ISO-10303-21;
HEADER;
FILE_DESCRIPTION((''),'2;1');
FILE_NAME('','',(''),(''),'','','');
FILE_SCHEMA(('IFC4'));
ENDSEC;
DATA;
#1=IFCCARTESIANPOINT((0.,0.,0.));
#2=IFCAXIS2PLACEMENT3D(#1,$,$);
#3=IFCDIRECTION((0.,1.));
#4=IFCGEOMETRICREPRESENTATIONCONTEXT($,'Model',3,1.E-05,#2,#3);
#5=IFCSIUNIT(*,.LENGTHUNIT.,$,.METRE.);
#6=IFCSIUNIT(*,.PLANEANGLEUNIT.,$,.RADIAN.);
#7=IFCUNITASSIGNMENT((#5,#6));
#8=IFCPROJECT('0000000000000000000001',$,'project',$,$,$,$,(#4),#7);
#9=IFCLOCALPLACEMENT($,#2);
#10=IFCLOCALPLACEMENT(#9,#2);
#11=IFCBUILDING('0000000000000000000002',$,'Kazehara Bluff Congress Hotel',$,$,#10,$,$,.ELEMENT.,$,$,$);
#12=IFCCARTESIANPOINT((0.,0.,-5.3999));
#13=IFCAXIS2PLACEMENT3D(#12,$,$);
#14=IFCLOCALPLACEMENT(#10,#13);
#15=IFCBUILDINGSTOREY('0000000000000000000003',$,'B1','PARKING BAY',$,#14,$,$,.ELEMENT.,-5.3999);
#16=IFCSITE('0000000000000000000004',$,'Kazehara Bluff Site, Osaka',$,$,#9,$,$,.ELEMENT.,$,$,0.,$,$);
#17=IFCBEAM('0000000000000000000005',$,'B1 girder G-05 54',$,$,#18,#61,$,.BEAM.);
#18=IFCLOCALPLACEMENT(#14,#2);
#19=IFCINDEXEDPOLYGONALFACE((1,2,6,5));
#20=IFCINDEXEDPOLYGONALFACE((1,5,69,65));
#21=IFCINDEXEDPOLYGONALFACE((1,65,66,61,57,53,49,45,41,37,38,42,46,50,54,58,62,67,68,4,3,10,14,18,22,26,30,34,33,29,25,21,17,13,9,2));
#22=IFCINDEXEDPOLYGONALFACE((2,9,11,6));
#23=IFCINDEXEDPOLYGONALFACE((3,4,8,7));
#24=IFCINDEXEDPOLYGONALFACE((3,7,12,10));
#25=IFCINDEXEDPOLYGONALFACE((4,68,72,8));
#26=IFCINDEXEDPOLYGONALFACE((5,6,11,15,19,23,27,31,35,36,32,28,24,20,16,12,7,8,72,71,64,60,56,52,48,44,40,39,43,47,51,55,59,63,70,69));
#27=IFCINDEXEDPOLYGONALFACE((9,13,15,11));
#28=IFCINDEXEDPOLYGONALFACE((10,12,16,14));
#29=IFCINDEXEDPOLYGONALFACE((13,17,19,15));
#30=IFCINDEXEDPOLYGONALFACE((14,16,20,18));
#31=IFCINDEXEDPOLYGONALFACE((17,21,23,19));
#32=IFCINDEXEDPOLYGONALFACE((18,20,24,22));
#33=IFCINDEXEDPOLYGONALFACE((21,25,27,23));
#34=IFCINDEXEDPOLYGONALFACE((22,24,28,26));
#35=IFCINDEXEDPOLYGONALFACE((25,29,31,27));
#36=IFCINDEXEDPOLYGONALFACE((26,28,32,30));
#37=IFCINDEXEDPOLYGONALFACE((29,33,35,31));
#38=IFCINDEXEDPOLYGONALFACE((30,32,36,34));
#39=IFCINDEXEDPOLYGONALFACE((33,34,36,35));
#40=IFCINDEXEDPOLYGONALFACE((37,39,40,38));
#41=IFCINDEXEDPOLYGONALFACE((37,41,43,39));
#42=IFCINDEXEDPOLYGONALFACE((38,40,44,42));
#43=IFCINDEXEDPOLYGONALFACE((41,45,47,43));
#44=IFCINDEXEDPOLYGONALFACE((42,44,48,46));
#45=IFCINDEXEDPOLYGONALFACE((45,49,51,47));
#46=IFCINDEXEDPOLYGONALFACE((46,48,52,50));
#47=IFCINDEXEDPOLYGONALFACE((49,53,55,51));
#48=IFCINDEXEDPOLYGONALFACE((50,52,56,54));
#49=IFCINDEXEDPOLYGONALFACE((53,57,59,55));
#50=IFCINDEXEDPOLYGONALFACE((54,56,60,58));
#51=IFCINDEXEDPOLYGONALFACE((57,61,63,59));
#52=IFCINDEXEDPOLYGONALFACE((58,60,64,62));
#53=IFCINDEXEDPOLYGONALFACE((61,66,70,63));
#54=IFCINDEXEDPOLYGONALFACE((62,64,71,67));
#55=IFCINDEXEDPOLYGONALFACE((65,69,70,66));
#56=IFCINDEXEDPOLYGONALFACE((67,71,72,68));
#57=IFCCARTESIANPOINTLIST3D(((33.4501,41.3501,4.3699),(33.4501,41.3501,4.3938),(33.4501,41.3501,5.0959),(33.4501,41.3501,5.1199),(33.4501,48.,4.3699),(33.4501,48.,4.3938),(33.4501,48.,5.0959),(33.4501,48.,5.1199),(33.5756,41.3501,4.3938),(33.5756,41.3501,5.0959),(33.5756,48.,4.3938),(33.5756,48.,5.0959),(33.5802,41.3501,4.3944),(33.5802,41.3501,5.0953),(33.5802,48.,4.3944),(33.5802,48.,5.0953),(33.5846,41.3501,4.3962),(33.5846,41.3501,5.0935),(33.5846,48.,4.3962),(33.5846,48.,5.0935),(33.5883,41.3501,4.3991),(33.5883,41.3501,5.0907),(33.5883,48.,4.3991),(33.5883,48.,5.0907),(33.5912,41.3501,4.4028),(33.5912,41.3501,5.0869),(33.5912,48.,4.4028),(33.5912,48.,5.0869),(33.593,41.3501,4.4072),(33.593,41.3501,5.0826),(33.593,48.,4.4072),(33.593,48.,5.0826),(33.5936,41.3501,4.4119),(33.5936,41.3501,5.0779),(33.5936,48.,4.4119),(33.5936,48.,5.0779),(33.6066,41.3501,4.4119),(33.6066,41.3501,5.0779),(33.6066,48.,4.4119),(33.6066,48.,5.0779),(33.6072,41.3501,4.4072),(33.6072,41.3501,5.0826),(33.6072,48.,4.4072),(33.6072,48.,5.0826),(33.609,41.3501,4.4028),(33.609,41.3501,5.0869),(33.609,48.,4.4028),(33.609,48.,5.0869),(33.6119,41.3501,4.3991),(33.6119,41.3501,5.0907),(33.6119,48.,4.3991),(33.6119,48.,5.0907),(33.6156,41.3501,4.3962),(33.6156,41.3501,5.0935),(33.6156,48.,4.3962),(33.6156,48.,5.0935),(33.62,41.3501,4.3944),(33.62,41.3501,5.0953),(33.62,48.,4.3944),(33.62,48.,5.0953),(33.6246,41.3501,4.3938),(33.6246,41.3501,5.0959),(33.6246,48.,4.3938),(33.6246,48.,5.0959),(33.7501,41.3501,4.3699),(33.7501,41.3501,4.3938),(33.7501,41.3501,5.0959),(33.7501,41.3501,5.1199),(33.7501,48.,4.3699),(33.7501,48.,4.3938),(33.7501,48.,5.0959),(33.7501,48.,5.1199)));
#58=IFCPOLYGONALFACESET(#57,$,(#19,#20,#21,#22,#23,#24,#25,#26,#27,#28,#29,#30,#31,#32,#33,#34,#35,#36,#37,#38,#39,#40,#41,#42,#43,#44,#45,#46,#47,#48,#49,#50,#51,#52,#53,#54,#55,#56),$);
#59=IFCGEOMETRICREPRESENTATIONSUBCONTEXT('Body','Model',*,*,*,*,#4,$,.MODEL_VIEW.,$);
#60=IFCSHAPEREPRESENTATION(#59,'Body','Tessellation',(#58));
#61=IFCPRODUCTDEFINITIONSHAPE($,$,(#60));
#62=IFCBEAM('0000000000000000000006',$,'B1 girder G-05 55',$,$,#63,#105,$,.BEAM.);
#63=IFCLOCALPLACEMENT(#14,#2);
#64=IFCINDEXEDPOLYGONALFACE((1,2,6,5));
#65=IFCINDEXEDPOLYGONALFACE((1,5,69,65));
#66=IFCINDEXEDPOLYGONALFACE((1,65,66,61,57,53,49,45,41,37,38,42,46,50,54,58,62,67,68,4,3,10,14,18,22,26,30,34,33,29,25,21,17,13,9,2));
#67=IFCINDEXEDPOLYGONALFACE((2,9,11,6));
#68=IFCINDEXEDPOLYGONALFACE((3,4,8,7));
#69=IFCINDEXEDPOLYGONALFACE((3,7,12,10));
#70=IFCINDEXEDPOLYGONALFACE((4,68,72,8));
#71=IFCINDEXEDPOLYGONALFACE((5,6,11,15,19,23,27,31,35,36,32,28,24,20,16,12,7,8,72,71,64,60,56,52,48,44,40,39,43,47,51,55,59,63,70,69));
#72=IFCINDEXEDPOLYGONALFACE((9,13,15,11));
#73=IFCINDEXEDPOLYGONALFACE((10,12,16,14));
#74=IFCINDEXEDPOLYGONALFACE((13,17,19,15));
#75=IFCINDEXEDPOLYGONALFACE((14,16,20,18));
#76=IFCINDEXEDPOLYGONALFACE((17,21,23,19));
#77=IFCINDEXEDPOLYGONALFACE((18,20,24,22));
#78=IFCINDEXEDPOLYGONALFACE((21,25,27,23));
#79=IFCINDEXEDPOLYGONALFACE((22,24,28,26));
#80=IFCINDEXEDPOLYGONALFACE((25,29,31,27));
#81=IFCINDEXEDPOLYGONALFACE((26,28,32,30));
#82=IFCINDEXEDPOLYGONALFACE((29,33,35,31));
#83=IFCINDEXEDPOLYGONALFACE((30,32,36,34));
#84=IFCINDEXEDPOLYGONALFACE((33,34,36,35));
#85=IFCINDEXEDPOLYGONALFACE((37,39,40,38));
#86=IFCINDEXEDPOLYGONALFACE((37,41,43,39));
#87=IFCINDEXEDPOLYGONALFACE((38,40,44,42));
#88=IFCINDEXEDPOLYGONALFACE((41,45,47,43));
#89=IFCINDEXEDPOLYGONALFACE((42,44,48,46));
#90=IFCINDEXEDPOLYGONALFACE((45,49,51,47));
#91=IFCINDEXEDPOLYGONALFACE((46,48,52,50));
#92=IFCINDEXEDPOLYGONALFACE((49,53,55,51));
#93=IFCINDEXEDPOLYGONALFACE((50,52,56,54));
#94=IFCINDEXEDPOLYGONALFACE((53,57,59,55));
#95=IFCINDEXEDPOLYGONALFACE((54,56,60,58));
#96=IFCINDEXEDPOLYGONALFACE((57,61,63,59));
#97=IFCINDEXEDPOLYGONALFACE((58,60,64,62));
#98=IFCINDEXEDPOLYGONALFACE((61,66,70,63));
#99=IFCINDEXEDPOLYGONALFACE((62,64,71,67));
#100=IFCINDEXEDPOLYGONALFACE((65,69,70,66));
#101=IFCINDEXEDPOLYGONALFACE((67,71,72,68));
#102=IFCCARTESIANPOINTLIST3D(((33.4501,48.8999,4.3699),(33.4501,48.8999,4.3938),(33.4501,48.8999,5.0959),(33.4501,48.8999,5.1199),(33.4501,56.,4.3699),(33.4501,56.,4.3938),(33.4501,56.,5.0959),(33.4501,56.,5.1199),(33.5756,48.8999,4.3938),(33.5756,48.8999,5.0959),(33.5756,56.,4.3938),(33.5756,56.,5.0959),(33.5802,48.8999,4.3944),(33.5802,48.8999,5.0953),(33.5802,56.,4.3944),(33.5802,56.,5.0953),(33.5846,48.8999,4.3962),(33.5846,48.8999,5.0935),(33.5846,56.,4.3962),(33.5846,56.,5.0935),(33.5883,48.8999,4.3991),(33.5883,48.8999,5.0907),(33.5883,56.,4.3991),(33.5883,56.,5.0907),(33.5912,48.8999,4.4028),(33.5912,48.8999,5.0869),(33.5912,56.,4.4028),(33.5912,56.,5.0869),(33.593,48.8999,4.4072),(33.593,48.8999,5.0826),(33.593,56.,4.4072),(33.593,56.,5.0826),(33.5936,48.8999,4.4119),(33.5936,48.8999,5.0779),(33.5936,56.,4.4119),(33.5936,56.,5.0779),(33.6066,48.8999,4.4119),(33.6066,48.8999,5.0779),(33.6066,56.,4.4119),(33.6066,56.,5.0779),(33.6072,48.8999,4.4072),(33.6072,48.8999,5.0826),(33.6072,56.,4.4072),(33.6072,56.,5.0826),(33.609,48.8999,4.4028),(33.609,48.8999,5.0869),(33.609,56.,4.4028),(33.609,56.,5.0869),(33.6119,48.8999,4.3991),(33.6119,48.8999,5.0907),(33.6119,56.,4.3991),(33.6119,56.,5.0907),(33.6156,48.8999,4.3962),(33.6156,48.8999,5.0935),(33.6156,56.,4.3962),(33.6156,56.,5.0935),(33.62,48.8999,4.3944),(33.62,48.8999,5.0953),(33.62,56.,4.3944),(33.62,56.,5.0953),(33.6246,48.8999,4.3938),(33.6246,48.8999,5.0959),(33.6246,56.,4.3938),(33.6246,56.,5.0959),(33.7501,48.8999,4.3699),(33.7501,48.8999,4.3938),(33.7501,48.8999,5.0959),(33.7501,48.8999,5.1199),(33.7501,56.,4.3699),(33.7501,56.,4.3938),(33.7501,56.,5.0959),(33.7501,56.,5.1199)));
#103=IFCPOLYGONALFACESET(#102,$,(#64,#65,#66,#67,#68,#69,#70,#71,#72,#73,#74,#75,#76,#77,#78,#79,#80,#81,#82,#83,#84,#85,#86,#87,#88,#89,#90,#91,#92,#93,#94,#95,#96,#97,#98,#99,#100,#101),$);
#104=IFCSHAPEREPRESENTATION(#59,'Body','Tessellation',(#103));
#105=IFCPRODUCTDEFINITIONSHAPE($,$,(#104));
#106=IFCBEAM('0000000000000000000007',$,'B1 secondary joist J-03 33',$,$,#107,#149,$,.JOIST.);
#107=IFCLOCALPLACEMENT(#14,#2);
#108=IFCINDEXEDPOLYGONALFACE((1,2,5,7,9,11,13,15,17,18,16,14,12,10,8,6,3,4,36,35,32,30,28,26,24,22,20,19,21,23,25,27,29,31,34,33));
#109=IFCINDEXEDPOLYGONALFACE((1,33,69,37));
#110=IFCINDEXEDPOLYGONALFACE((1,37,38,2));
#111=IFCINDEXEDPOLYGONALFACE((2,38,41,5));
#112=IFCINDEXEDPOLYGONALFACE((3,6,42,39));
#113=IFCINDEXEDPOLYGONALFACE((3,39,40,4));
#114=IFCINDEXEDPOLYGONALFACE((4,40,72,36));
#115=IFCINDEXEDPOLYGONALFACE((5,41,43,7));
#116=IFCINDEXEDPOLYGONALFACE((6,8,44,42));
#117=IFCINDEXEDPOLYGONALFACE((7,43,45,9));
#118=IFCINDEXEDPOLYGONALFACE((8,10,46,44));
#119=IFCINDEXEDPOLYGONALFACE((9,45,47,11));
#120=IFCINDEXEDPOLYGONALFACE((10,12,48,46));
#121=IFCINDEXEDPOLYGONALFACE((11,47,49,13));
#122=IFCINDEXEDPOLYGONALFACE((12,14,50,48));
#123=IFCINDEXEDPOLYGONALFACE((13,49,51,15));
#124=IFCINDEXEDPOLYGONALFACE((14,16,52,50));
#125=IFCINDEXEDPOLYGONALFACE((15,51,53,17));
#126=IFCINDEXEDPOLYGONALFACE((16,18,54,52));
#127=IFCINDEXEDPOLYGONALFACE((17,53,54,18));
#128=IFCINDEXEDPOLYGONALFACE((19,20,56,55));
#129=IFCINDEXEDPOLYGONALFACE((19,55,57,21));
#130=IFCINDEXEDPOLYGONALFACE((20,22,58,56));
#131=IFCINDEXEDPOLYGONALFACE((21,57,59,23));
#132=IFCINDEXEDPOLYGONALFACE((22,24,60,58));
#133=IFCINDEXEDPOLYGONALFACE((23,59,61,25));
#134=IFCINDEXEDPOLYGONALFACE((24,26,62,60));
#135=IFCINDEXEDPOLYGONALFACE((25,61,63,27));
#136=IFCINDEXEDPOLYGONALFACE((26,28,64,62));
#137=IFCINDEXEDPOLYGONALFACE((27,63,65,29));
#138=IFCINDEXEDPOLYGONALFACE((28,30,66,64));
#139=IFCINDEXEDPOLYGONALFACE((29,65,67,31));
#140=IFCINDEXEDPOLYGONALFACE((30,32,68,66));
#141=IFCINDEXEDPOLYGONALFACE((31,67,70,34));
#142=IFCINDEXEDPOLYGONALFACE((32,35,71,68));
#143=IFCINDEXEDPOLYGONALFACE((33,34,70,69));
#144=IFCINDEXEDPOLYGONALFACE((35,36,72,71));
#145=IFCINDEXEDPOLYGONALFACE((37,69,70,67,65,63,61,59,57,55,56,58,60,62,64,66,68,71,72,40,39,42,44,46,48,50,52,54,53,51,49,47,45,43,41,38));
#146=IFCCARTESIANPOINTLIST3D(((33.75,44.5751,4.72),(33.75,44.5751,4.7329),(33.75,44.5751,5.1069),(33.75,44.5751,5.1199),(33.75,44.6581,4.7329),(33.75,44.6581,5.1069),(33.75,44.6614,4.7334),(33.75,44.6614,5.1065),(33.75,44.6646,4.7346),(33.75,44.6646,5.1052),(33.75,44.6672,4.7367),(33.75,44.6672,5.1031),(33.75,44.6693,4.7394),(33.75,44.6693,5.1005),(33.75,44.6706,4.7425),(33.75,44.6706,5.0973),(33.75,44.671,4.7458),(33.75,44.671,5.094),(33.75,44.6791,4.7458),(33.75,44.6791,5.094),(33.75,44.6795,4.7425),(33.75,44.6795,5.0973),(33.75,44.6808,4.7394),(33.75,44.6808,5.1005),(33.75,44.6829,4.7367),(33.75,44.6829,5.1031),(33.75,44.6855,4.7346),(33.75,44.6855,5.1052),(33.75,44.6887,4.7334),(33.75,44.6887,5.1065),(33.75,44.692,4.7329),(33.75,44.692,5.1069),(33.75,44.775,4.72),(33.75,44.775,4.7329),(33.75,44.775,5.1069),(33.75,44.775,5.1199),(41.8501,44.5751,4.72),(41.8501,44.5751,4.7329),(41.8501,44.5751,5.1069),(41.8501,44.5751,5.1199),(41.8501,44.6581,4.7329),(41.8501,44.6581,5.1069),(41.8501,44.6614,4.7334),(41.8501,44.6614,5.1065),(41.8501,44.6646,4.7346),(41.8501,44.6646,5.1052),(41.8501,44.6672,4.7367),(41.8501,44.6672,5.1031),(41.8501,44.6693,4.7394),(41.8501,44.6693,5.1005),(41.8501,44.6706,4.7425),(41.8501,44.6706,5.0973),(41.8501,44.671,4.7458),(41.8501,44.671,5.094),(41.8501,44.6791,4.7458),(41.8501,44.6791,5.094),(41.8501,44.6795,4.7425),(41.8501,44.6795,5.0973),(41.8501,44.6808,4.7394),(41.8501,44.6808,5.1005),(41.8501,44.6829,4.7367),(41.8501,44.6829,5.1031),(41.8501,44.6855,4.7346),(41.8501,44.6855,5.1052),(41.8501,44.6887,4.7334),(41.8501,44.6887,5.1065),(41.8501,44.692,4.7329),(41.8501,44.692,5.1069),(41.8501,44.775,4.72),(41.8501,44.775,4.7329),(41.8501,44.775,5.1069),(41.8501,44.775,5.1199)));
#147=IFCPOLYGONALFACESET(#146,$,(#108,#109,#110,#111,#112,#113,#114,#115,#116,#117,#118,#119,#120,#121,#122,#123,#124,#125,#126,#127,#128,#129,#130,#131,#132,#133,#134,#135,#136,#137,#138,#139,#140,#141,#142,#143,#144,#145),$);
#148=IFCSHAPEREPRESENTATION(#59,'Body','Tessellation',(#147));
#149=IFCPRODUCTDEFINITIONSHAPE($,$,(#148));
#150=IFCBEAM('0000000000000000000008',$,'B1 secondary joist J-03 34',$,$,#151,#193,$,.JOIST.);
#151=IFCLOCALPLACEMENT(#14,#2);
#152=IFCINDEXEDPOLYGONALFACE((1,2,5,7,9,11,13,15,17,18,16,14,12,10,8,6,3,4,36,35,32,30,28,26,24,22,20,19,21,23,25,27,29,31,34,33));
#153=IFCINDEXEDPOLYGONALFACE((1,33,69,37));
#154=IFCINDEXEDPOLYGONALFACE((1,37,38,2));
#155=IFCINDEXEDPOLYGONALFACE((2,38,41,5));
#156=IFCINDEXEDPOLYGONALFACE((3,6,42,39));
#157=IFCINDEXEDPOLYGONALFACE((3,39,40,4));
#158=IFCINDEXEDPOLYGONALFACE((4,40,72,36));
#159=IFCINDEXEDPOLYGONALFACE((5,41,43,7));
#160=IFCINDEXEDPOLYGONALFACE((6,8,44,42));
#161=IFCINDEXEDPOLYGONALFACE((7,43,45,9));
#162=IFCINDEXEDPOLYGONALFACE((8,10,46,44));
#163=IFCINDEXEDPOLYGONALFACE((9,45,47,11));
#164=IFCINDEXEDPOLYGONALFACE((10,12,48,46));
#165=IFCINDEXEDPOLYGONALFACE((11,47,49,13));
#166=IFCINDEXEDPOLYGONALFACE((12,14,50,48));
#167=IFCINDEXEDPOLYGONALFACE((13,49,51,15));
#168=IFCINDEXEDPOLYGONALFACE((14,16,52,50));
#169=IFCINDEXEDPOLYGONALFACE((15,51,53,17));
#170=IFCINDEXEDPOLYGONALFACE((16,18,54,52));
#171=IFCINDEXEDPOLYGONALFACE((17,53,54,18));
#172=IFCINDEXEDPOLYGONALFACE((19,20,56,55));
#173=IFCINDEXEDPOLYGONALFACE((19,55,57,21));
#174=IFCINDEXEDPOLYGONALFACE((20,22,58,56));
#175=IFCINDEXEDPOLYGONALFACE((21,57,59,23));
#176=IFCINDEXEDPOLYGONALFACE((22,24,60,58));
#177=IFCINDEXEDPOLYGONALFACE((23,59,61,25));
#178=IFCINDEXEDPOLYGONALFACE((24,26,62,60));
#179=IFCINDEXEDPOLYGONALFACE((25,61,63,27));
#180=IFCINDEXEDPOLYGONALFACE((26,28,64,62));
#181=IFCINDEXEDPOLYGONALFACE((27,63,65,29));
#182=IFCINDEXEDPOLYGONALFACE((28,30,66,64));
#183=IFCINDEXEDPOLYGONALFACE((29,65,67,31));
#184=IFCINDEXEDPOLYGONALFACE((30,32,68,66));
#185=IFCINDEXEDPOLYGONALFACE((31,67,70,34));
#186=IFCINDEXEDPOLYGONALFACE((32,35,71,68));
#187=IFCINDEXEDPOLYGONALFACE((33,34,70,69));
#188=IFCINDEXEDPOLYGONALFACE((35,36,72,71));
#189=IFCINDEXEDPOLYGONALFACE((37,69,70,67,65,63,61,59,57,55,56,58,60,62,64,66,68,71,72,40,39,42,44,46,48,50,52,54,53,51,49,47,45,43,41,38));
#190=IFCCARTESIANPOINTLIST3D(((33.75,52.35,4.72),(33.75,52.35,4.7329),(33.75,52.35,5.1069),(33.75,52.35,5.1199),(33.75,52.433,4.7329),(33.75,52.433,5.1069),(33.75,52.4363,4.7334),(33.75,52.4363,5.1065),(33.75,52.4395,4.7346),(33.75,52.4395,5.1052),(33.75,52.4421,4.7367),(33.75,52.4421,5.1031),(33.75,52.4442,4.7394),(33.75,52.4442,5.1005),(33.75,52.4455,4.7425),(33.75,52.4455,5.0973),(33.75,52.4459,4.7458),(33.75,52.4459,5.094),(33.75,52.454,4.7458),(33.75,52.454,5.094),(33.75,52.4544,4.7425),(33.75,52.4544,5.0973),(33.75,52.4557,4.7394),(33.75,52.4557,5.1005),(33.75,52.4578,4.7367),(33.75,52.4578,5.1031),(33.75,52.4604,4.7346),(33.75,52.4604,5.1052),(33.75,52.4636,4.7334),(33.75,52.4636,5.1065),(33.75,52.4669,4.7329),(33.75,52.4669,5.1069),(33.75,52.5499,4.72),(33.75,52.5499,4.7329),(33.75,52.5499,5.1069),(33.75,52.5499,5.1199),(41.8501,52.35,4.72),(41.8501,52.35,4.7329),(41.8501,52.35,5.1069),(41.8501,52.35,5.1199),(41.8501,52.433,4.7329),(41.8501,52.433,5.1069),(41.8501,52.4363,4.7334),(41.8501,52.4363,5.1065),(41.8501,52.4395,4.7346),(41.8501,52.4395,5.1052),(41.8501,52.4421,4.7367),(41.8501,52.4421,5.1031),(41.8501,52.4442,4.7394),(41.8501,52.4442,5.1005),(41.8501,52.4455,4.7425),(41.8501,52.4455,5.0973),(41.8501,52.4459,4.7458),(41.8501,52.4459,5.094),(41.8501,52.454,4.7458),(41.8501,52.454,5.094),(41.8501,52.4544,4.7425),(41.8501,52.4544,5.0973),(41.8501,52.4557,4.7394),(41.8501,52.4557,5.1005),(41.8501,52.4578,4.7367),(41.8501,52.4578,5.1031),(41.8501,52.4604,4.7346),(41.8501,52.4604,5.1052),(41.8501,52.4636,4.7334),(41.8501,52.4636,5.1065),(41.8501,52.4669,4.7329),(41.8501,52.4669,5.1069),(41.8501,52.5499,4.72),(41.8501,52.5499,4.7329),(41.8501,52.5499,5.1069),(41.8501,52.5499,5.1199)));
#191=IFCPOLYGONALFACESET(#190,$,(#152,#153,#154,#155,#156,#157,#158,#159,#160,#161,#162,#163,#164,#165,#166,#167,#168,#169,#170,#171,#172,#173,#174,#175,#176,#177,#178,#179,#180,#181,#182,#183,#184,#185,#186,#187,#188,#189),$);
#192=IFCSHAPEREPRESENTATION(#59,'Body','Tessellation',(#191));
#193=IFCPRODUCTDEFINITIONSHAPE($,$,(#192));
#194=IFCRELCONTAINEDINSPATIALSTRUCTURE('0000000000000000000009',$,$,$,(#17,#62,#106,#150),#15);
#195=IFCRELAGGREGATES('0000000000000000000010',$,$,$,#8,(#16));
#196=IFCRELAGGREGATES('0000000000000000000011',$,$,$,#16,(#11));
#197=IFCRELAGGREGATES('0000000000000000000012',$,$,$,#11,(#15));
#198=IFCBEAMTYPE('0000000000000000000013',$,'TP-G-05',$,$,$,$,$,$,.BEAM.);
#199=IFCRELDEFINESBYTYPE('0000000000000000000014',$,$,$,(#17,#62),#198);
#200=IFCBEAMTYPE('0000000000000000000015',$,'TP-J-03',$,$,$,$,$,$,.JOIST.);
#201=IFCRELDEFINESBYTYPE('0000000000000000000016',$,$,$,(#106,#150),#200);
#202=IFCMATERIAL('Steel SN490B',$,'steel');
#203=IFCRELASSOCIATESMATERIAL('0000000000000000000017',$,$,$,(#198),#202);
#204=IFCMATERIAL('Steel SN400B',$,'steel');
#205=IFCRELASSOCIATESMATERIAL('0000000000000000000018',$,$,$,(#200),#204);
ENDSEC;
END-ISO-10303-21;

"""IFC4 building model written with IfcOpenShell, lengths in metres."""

from ifc_helpers import new_model, si_unit, direction, frame, origin, origin_2d, place, context, subcontext, project, spatial, i_section, extrude, material, material_profile, profile_set, type_object, element, save


model = new_model("IFC4")

# Units and contexts
model_context = context("Model", 3, precision=1e-05, world=origin(), true_north=direction((0.0, 1.0)))
body_context = subcontext(model_context, "Body", "Model", "MODEL_VIEW")
ifc_project = project(units=[si_unit("LENGTHUNIT", "METRE"), si_unit("PLANEANGLEUNIT", "RADIAN")], contexts=[model_context])

# Site, building, storey
site_placement = place(None, origin())
site = spatial("IfcSite", under=ifc_project, at=site_placement, Name="Kazehara Bluff Site, Osaka", CompositionType="ELEMENT", RefElevation=0.0)
building_placement = place(site_placement, origin())
building = spatial("IfcBuilding", under=site, at=building_placement, Name="Kazehara Bluff Congress Hotel", CompositionType="ELEMENT")
storey_placement = place(building_placement, frame((0.0, 0.0, -5.3999)))
storey = spatial("IfcBuildingStorey", under=building, at=storey_placement, Name="B1", Description="PARKING BAY", CompositionType="ELEMENT", Elevation=-5.3999)

# Beams
ifc_material_1 = material(Name="Steel SN490B", Category="steel")
ifc_material_profile_1 = material_profile(ifc_material_1, i_section(OverallWidth=0.3, OverallDepth=0.75, WebThickness=0.0129, FlangeThickness=0.0239, FilletRadius=0.0181, at=origin_2d()))
ifc_profile_set_1 = profile_set([ifc_material_profile_1], Name="Steel SN490B")
beam_type_1 = type_object("IfcBeamType", Name="TP-G-05", PredefinedType="BEAM", material=ifc_profile_set_1)
beam_1_placement = place(storey_placement, frame((33.6001, 41.3501, 4.7449), z_axis=(0.0, 1.0, 0.0), x_axis=(-1.0, 0.0, 0.0)))
element("IfcBeam", 1, at=beam_1_placement, inside=storey, type_object=beam_type_1, Name="B1 girder G-05 54", PredefinedType="BEAM", context=body_context, shape_type="SweptSolid", body=[
    extrude(i_section(OverallWidth=0.3, OverallDepth=0.75, WebThickness=0.0129, FlangeThickness=0.0239, FilletRadius=0.0181, at=origin_2d()), origin(), (0.0, 0.0, 1.0), 6.6499),
])
beam_2_placement = place(storey_placement, frame((33.6001, 48.8999, 4.7449), z_axis=(0.0, 1.0, 0.0), x_axis=(-1.0, 0.0, 0.0)))
element("IfcBeam", 2, at=beam_2_placement, inside=storey, type_object=beam_type_1, Name="B1 girder G-05 55", PredefinedType="BEAM", context=body_context, shape_type="SweptSolid", body=[
    extrude(i_section(OverallWidth=0.3, OverallDepth=0.75, WebThickness=0.0129, FlangeThickness=0.0239, FilletRadius=0.0181, at=origin_2d()), origin(), (0.0, 0.0, 1.0), 7.1001),
])
ifc_material_2 = material(Name="Steel SN400B", Category="steel")
ifc_material_profile_2 = material_profile(ifc_material_2, i_section(OverallWidth=0.2, OverallDepth=0.3999, WebThickness=0.0081, FlangeThickness=0.0129, FilletRadius=0.0129, at=origin_2d()))
ifc_profile_set_2 = profile_set([ifc_material_profile_2], Name="Steel SN400B")
beam_type_2 = type_object("IfcBeamType", Name="TP-J-03", PredefinedType="JOIST", material=ifc_profile_set_2)
for number, where, z_axis, x_axis, name in (
    (3, (33.75, 44.675, 4.9199), (1.0, 0.0, 0.0), (0.0, 1.0, 0.0), "B1 secondary joist J-03 33"),
    (4, (33.75, 52.45, 4.9199), (1.0, 0.0, 0.0), (0.0, 1.0, 0.0), "B1 secondary joist J-03 34"),
):
    element("IfcBeam", number, at=place(storey_placement, frame(where, z_axis=z_axis, x_axis=x_axis)), inside=storey, type_object=beam_type_2, Name=name, PredefinedType="JOIST", context=body_context, shape_type="SweptSolid", body=[
        extrude(i_section(OverallWidth=0.2, OverallDepth=0.3999, WebThickness=0.0081, FlangeThickness=0.0129, FilletRadius=0.0129, at=origin_2d()), origin(), (0.0, 0.0, 1.0), 8.1001),
    ])

save(model, "model.ifc")
